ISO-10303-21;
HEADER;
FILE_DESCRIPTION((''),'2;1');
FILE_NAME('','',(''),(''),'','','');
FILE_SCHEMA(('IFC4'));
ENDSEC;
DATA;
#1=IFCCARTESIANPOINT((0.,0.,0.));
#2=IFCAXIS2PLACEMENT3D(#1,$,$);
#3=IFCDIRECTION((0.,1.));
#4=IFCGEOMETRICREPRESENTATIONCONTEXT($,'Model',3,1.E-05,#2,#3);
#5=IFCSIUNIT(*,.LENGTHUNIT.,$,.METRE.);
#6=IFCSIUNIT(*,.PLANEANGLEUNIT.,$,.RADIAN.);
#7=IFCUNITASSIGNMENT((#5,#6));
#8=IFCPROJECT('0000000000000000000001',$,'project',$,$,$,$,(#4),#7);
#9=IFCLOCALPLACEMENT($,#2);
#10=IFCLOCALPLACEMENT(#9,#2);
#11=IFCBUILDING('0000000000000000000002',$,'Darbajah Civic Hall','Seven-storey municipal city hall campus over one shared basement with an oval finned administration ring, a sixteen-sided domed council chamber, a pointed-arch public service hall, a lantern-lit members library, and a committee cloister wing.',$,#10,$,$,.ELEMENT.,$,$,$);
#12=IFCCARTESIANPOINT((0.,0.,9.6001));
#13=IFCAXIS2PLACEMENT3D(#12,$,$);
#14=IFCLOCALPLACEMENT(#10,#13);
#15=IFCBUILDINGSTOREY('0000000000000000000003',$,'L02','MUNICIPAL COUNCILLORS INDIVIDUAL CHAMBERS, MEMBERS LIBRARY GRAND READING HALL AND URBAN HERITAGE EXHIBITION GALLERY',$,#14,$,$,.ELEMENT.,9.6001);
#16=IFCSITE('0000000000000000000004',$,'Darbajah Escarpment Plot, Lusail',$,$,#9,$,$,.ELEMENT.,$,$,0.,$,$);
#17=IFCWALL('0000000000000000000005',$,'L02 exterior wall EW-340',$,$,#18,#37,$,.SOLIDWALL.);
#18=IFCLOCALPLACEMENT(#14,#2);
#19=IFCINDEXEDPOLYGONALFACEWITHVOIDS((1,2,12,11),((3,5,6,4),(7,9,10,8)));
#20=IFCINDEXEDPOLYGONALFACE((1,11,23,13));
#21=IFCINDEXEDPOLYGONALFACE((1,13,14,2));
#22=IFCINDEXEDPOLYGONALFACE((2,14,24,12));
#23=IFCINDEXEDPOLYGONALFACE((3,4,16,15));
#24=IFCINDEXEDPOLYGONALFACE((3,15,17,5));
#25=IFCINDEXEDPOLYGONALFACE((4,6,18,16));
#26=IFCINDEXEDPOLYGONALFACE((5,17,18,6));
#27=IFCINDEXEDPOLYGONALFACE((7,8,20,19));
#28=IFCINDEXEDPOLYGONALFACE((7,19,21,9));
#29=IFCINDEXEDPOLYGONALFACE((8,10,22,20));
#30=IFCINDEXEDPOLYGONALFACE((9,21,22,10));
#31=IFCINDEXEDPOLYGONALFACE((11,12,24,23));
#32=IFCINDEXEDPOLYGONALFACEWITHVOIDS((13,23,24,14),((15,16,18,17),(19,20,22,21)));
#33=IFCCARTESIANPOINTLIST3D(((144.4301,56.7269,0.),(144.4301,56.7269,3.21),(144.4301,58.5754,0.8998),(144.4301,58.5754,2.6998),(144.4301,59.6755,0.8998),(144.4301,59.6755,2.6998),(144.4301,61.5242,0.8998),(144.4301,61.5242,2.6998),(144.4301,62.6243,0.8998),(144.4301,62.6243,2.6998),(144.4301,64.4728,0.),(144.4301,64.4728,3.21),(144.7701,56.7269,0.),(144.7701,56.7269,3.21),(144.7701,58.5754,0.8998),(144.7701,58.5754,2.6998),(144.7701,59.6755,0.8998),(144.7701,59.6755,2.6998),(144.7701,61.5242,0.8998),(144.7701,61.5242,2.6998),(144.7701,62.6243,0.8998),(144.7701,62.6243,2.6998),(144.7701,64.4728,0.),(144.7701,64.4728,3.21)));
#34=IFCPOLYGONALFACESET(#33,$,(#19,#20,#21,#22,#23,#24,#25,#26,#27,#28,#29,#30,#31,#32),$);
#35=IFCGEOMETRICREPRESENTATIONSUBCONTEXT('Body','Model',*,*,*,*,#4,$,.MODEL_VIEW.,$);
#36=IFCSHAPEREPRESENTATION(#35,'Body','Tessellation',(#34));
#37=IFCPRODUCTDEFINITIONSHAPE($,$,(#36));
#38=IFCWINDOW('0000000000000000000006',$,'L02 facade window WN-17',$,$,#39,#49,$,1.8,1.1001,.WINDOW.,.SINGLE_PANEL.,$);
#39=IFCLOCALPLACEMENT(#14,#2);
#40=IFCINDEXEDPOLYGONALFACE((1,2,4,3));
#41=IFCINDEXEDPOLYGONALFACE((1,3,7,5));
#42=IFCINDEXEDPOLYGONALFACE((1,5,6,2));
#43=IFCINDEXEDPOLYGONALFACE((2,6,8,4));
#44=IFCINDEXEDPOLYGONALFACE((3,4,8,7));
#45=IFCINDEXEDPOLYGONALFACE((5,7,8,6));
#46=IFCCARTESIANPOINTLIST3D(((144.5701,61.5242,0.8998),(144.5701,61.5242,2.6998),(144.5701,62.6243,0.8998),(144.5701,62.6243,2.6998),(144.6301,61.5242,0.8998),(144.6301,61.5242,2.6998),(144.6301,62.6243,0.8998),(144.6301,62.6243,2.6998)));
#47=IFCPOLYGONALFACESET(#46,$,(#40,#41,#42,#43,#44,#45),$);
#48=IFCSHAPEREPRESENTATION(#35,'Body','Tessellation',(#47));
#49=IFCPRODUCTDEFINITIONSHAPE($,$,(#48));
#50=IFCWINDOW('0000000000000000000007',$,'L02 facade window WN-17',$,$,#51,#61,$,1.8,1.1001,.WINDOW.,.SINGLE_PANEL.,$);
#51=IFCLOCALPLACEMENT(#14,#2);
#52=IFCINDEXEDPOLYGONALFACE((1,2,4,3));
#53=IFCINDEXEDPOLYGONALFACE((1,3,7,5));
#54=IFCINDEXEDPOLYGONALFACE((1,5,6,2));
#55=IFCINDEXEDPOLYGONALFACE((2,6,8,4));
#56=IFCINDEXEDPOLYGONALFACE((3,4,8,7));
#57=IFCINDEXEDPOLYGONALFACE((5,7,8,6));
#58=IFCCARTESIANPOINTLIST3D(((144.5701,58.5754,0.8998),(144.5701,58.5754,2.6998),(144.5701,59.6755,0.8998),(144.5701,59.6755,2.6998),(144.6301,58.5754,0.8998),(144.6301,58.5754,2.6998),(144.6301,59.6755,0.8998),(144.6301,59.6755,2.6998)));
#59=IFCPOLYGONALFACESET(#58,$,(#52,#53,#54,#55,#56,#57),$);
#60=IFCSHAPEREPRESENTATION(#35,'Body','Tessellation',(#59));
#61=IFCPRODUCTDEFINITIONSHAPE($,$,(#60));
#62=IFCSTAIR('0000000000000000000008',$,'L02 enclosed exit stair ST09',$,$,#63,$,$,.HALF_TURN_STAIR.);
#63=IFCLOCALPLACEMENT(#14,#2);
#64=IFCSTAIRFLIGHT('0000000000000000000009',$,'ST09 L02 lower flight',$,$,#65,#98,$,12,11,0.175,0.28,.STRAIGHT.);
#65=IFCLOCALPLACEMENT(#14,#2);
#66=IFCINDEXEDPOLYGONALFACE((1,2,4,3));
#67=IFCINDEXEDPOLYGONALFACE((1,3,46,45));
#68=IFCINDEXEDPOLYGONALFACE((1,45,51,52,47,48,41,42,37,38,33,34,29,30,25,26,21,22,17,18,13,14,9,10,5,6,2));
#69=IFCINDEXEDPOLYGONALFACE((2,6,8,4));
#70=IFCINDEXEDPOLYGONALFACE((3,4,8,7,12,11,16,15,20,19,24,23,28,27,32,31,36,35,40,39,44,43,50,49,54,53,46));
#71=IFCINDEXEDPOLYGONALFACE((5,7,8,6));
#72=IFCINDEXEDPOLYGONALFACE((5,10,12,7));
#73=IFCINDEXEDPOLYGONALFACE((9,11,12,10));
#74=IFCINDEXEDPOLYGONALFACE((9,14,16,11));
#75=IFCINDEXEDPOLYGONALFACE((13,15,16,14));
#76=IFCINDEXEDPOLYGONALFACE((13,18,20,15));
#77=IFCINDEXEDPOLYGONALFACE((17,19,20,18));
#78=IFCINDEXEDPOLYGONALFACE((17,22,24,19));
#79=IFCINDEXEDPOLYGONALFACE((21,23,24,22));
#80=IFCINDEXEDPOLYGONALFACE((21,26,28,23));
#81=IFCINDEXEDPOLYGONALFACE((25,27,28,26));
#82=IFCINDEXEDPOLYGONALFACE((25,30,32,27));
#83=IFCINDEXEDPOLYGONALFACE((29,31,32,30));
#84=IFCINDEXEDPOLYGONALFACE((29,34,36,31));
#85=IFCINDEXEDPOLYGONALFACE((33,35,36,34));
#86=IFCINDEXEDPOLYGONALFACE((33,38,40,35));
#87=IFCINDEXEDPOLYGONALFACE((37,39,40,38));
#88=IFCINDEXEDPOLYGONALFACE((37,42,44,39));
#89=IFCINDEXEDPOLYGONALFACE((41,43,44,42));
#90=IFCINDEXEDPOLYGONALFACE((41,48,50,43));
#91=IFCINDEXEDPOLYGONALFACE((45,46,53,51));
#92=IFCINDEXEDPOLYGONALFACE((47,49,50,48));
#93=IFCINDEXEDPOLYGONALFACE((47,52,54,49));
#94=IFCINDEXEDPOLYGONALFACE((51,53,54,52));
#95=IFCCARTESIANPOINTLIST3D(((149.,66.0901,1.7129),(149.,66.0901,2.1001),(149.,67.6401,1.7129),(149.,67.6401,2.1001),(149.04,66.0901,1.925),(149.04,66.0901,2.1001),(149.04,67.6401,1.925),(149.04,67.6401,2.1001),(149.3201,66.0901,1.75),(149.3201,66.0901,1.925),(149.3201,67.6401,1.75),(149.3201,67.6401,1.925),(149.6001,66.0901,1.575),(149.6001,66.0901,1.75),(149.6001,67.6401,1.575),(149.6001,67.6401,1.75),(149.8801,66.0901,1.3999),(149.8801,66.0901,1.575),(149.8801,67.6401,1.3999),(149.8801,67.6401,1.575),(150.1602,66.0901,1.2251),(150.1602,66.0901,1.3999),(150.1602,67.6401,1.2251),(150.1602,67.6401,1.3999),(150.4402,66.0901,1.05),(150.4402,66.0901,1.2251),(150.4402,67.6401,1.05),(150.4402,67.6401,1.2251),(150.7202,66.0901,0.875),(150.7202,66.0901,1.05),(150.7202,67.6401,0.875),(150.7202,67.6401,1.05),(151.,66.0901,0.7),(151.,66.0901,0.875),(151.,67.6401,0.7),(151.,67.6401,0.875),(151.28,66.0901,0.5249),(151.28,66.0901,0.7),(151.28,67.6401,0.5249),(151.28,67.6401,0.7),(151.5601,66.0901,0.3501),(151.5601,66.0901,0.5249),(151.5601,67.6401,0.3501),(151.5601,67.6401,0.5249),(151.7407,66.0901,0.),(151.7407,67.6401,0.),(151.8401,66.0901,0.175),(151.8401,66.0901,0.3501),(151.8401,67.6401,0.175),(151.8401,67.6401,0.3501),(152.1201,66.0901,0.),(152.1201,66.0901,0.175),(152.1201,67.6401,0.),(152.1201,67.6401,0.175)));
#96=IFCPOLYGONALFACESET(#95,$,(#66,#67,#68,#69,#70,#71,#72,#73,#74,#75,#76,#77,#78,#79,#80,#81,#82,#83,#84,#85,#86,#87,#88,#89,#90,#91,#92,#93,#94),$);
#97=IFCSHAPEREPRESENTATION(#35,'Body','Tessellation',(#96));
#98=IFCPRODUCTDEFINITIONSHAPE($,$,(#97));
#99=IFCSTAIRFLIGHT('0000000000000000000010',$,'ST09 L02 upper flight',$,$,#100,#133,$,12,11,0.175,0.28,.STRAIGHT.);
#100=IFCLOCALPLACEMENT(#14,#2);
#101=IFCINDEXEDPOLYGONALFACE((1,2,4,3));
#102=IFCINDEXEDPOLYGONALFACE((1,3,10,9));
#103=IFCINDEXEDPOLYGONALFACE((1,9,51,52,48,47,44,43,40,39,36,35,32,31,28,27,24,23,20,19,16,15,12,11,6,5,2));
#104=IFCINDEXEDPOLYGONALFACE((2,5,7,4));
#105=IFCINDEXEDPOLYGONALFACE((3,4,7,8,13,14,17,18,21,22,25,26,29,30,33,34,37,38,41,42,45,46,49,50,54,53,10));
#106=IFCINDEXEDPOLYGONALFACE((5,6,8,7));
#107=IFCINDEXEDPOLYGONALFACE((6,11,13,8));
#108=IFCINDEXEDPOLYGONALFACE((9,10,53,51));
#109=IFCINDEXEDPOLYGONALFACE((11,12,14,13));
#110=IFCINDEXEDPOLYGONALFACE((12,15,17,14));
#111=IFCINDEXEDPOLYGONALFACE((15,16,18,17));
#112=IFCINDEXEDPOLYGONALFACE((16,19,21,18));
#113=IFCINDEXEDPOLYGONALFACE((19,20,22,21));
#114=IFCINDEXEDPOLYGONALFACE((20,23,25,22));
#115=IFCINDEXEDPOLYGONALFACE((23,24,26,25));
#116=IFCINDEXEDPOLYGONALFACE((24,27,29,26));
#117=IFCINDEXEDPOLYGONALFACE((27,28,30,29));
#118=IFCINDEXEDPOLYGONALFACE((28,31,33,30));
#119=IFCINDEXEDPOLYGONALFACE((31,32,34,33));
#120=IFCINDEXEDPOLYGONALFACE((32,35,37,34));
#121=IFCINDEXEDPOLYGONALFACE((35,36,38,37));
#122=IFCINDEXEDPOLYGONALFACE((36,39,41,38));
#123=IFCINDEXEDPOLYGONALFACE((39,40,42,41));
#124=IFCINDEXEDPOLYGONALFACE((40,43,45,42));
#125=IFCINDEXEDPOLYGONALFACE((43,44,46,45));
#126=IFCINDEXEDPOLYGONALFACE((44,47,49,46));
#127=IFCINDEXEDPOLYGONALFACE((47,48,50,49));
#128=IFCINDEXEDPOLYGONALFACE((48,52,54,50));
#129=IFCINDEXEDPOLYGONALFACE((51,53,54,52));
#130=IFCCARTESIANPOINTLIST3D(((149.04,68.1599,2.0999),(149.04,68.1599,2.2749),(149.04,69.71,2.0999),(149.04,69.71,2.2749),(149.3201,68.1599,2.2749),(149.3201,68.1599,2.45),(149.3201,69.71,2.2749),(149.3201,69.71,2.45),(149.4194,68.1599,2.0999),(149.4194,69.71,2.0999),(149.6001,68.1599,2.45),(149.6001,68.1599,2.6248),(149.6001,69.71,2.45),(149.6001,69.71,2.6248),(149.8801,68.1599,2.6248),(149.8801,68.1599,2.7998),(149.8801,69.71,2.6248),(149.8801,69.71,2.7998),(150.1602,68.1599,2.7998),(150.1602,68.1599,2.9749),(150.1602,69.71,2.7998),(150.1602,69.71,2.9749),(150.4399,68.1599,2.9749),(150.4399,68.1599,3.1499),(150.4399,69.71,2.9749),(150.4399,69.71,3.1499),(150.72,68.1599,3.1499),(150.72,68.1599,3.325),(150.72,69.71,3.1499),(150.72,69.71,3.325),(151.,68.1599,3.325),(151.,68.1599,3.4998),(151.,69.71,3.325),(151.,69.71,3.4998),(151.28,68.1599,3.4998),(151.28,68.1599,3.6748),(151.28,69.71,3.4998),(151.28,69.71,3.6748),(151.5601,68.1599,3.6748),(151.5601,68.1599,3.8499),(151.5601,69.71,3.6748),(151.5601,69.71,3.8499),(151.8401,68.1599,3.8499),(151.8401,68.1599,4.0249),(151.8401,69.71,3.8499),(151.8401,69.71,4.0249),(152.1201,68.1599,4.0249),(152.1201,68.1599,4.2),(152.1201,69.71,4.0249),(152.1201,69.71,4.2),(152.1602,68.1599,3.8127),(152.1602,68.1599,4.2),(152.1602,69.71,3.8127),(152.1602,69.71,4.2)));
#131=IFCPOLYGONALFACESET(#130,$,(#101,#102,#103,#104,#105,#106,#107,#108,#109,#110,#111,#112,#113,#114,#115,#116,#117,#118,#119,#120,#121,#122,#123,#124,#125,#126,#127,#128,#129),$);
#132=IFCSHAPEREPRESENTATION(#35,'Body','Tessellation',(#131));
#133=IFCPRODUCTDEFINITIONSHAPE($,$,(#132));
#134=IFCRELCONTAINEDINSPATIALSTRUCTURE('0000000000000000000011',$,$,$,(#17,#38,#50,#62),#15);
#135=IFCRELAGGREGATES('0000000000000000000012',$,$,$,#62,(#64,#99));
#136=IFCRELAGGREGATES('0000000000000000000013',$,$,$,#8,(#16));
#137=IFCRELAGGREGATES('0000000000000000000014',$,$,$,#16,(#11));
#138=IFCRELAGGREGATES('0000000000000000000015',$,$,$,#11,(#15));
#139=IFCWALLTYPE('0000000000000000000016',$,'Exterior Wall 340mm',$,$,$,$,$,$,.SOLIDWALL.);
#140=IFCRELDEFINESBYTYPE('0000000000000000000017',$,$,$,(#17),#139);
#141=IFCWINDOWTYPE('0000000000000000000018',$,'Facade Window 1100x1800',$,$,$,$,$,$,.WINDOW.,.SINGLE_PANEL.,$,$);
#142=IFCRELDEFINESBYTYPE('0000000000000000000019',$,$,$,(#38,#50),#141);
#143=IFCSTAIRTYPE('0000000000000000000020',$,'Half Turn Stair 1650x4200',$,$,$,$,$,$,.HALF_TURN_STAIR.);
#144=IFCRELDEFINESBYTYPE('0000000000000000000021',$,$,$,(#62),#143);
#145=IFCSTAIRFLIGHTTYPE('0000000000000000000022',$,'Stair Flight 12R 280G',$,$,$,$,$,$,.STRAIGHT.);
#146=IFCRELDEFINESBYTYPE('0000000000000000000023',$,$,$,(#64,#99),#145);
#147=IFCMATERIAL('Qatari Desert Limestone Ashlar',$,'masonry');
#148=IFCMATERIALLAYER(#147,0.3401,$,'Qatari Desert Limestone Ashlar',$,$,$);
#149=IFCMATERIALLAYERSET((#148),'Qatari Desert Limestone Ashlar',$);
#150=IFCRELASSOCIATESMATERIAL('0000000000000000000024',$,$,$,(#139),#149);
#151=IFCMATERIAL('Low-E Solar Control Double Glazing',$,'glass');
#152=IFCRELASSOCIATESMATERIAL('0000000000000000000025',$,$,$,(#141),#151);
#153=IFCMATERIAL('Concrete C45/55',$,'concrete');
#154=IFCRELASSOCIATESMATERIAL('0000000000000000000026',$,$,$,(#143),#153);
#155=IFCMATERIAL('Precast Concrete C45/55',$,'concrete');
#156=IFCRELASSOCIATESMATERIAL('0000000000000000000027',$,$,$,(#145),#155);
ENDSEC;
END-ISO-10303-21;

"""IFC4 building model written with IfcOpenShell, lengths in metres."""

from ifc_helpers import new_model, si_unit, direction, frame, frame_2d, origin, place, context, subcontext, project, spatial, polyline, rectangle, outline, extrude, material, layer, layer_set, type_object, element, fill, aggregate, save


model = new_model("IFC4")

# Units and contexts
model_context = context("Model", 3, precision=1e-05, world=origin(), true_north=direction((0.0, 1.0)))
body_context = subcontext(model_context, "Body", "Model", "MODEL_VIEW")
ifc_project = project(units=[si_unit("LENGTHUNIT", "METRE"), si_unit("PLANEANGLEUNIT", "RADIAN")], contexts=[model_context])

# Site, building, storey
site_placement = place(None, origin())
site = spatial("IfcSite", under=ifc_project, at=site_placement, Name="Darbajah Escarpment Plot, Lusail", CompositionType="ELEMENT", RefElevation=0.0)
building_placement = place(site_placement, origin())
building = spatial("IfcBuilding", under=site, at=building_placement, Name="Darbajah Civic Hall", Description="Seven-storey municipal city hall campus over one shared basement with an oval finned administration ring, a sixteen-sided domed council chamber, a pointed-arch public service hall, a lantern-lit members library, and a committee cloister wing.", CompositionType="ELEMENT")
storey_placement = place(building_placement, frame((0.0, 0.0, 9.6001)))
storey = spatial("IfcBuildingStorey", under=building, at=storey_placement, Name="L02", Description="MUNICIPAL COUNCILLORS INDIVIDUAL CHAMBERS, MEMBERS LIBRARY GRAND READING HALL AND URBAN HERITAGE EXHIBITION GALLERY", CompositionType="ELEMENT", Elevation=9.6001)

# Shared definitions
ifc_material_1 = material(Name="Concrete C45/55", Category="concrete")

# Wall, openings, windows
ifc_material_2 = material(Name="Qatari Desert Limestone Ashlar", Category="masonry")
ifc_layer_1 = layer(ifc_material_2, 0.3401, Name="Qatari Desert Limestone Ashlar")
ifc_layer_set_1 = layer_set([ifc_layer_1], Name="Qatari Desert Limestone Ashlar")
wall_type_1 = type_object("IfcWallType", Name="Exterior Wall 340mm", PredefinedType="SOLIDWALL", material=ifc_layer_set_1)
ifc_material_3 = material(Name="Low-E Solar Control Double Glazing", Category="glass")
window_type = type_object("IfcWindowType", Name="Facade Window 1100x1800", PartitioningType="SINGLE_PANEL", PredefinedType="WINDOW", material=ifc_material_3)
wall_1_placement = place(storey_placement, frame((144.6001, 64.4729, 0.0), z_axis=(0.0, 0.0, 1.0), x_axis=(0.0, -1.0, 0.0)))
wall_1 = element("IfcWall", 1, at=wall_1_placement, inside=storey, type_object=wall_type_1, Name="L02 exterior wall EW-340", PredefinedType="SOLIDWALL", context=body_context, shape_type="SweptSolid", body=[
    extrude(rectangle(XDim=7.7458, YDim=0.3401, at=frame_2d((3.873, 0.0))), origin(), (0.0, 0.0, 1.0), 3.21),
])
opening_1_placement = place(wall_1_placement, frame((1.8486, 0.0, 0.8999)))
opening_1 = element("IfcOpeningElement", 2, at=opening_1_placement, cuts=wall_1, PredefinedType="OPENING", context=body_context, shape_type="SweptSolid", body=[
    extrude(rectangle(XDim=1.1001, YDim=1.8, at=frame_2d((0.55, 0.8999))), frame((0.0, 0.1799, 0.0), z_axis=(0.0, -1.0, 0.0), x_axis=(1.0, 0.0, 0.0)), (0.0, 0.0, 1.0), 0.3601),
])
opening_2_placement = place(wall_1_placement, frame((4.7974, 0.0, 0.8999)))
opening_2 = element("IfcOpeningElement", 3, at=opening_2_placement, cuts=wall_1, PredefinedType="OPENING", context=body_context, shape_type="SweptSolid", body=[
    extrude(rectangle(XDim=1.1001, YDim=1.8, at=frame_2d((0.55, 0.8999))), frame((0.0, 0.1799, 0.0), z_axis=(0.0, -1.0, 0.0), x_axis=(1.0, 0.0, 0.0)), (0.0, 0.0, 1.0), 0.3601),
])
window_1_placement = place(opening_1_placement, origin())
window_1 = element("IfcWindow", 4, at=window_1_placement, inside=storey, type_object=window_type, Name="L02 facade window WN-17", OverallHeight=1.8, OverallWidth=1.1001, PartitioningType="SINGLE_PANEL", PredefinedType="WINDOW", context=body_context, shape_type="SweptSolid", body=[
    extrude(rectangle(XDim=1.1001, YDim=1.8, at=frame_2d((0.55, 0.8999))), frame((0.0, 0.03, 0.0), z_axis=(0.0, -1.0, 0.0), x_axis=(1.0, 0.0, 0.0)), (0.0, 0.0, 1.0), 0.0601),
])
fill(opening_1, window_1)
window_2_placement = place(opening_2_placement, origin())
window_2 = element("IfcWindow", 5, at=window_2_placement, inside=storey, type_object=window_type, Name="L02 facade window WN-17", OverallHeight=1.8, OverallWidth=1.1001, PartitioningType="SINGLE_PANEL", PredefinedType="WINDOW", context=body_context, shape_type="SweptSolid", body=[
    extrude(rectangle(XDim=1.1001, YDim=1.8, at=frame_2d((0.55, 0.8999))), frame((0.0, 0.03, 0.0), z_axis=(0.0, -1.0, 0.0), x_axis=(1.0, 0.0, 0.0)), (0.0, 0.0, 1.0), 0.0601),
])
fill(opening_2, window_2)

# Stair, stair flights
stair_type = type_object("IfcStairType", Name="Half Turn Stair 1650x4200", PredefinedType="HALF_TURN_STAIR", material=ifc_material_1)
stair_placement = place(storey_placement, origin())
stair = element("IfcStair", 6, at=stair_placement, inside=storey, type_object=stair_type, Name="L02 enclosed exit stair ST09", PredefinedType="HALF_TURN_STAIR")
ifc_material_4 = material(Name="Precast Concrete C45/55", Category="concrete")
stair_flight_type = type_object("IfcStairFlightType", Name="Stair Flight 12R 280G", PredefinedType="STRAIGHT", material=ifc_material_4)
stair_flight_1_placement = place(storey_placement, frame((152.1201, 66.865, 0.0), z_axis=(0.0, 0.0, 1.0), x_axis=(-1.0, 0.0, 0.0)))
stair_flight_1 = element("IfcStairFlight", 7, at=stair_flight_1_placement, type_object=stair_flight_type, Name="ST09 L02 lower flight", NumberOfRisers=12, NumberOfTreads=11, PredefinedType="STRAIGHT", RiserHeight=0.175, TreadLength=0.28, context=body_context, shape_type="SweptSolid", body=[
    extrude(outline(polyline([(0.0, 0.0), (0.0, 0.175), (0.28, 0.175), (0.28, 0.3501), (0.5601, 0.3501), (0.5601, 0.5249), (0.8401, 0.5249), (0.8401, 0.7), (1.1201, 0.7), (1.1201, 0.875), (1.3999, 0.875), (1.3999, 1.05), (1.6799, 1.05), (1.6799, 1.2251), (1.96, 1.2251), (1.96, 1.3999), (2.24, 1.3999), (2.24, 1.575), (2.52, 1.575), (2.52, 1.75), (2.8, 1.75), (2.8, 1.925), (3.0801, 1.925), (3.0801, 2.1001), (3.1201, 2.1001), (3.1201, 1.7129), (0.3794, 0.0), (0.0, 0.0)])), frame((0.0, 0.7749, 0.0), z_axis=(0.0, -1.0, 0.0), x_axis=(1.0, 0.0, 0.0)), (0.0, 0.0, 1.0), 1.55),
])
stair_flight_2_placement = place(storey_placement, frame((149.04, 68.9351, 2.0999), z_axis=(0.0, 0.0, 1.0), x_axis=(1.0, 0.0, 0.0)))
stair_flight_2 = element("IfcStairFlight", 8, at=stair_flight_2_placement, type_object=stair_flight_type, Name="ST09 L02 upper flight", NumberOfRisers=12, NumberOfTreads=11, PredefinedType="STRAIGHT", RiserHeight=0.175, TreadLength=0.28, context=body_context, shape_type="SweptSolid", body=[
    extrude(outline(polyline([(0.0, 0.0), (0.0, 0.175), (0.28, 0.175), (0.28, 0.3501), (0.5601, 0.3501), (0.5601, 0.5249), (0.8401, 0.5249), (0.8401, 0.7), (1.1201, 0.7), (1.1201, 0.875), (1.3999, 0.875), (1.3999, 1.05), (1.6799, 1.05), (1.6799, 1.2251), (1.96, 1.2251), (1.96, 1.3999), (2.24, 1.3999), (2.24, 1.575), (2.52, 1.575), (2.52, 1.75), (2.8, 1.75), (2.8, 1.925), (3.0801, 1.925), (3.0801, 2.1001), (3.1201, 2.1001), (3.1201, 1.7129), (0.3794, 0.0), (0.0, 0.0)])), frame((0.0, 0.7749, 0.0), z_axis=(0.0, -1.0, 0.0), x_axis=(1.0, 0.0, 0.0)), (0.0, 0.0, 1.0), 1.55),
])
aggregate(stair, [stair_flight_1, stair_flight_2])

save(model, "model.ifc")
